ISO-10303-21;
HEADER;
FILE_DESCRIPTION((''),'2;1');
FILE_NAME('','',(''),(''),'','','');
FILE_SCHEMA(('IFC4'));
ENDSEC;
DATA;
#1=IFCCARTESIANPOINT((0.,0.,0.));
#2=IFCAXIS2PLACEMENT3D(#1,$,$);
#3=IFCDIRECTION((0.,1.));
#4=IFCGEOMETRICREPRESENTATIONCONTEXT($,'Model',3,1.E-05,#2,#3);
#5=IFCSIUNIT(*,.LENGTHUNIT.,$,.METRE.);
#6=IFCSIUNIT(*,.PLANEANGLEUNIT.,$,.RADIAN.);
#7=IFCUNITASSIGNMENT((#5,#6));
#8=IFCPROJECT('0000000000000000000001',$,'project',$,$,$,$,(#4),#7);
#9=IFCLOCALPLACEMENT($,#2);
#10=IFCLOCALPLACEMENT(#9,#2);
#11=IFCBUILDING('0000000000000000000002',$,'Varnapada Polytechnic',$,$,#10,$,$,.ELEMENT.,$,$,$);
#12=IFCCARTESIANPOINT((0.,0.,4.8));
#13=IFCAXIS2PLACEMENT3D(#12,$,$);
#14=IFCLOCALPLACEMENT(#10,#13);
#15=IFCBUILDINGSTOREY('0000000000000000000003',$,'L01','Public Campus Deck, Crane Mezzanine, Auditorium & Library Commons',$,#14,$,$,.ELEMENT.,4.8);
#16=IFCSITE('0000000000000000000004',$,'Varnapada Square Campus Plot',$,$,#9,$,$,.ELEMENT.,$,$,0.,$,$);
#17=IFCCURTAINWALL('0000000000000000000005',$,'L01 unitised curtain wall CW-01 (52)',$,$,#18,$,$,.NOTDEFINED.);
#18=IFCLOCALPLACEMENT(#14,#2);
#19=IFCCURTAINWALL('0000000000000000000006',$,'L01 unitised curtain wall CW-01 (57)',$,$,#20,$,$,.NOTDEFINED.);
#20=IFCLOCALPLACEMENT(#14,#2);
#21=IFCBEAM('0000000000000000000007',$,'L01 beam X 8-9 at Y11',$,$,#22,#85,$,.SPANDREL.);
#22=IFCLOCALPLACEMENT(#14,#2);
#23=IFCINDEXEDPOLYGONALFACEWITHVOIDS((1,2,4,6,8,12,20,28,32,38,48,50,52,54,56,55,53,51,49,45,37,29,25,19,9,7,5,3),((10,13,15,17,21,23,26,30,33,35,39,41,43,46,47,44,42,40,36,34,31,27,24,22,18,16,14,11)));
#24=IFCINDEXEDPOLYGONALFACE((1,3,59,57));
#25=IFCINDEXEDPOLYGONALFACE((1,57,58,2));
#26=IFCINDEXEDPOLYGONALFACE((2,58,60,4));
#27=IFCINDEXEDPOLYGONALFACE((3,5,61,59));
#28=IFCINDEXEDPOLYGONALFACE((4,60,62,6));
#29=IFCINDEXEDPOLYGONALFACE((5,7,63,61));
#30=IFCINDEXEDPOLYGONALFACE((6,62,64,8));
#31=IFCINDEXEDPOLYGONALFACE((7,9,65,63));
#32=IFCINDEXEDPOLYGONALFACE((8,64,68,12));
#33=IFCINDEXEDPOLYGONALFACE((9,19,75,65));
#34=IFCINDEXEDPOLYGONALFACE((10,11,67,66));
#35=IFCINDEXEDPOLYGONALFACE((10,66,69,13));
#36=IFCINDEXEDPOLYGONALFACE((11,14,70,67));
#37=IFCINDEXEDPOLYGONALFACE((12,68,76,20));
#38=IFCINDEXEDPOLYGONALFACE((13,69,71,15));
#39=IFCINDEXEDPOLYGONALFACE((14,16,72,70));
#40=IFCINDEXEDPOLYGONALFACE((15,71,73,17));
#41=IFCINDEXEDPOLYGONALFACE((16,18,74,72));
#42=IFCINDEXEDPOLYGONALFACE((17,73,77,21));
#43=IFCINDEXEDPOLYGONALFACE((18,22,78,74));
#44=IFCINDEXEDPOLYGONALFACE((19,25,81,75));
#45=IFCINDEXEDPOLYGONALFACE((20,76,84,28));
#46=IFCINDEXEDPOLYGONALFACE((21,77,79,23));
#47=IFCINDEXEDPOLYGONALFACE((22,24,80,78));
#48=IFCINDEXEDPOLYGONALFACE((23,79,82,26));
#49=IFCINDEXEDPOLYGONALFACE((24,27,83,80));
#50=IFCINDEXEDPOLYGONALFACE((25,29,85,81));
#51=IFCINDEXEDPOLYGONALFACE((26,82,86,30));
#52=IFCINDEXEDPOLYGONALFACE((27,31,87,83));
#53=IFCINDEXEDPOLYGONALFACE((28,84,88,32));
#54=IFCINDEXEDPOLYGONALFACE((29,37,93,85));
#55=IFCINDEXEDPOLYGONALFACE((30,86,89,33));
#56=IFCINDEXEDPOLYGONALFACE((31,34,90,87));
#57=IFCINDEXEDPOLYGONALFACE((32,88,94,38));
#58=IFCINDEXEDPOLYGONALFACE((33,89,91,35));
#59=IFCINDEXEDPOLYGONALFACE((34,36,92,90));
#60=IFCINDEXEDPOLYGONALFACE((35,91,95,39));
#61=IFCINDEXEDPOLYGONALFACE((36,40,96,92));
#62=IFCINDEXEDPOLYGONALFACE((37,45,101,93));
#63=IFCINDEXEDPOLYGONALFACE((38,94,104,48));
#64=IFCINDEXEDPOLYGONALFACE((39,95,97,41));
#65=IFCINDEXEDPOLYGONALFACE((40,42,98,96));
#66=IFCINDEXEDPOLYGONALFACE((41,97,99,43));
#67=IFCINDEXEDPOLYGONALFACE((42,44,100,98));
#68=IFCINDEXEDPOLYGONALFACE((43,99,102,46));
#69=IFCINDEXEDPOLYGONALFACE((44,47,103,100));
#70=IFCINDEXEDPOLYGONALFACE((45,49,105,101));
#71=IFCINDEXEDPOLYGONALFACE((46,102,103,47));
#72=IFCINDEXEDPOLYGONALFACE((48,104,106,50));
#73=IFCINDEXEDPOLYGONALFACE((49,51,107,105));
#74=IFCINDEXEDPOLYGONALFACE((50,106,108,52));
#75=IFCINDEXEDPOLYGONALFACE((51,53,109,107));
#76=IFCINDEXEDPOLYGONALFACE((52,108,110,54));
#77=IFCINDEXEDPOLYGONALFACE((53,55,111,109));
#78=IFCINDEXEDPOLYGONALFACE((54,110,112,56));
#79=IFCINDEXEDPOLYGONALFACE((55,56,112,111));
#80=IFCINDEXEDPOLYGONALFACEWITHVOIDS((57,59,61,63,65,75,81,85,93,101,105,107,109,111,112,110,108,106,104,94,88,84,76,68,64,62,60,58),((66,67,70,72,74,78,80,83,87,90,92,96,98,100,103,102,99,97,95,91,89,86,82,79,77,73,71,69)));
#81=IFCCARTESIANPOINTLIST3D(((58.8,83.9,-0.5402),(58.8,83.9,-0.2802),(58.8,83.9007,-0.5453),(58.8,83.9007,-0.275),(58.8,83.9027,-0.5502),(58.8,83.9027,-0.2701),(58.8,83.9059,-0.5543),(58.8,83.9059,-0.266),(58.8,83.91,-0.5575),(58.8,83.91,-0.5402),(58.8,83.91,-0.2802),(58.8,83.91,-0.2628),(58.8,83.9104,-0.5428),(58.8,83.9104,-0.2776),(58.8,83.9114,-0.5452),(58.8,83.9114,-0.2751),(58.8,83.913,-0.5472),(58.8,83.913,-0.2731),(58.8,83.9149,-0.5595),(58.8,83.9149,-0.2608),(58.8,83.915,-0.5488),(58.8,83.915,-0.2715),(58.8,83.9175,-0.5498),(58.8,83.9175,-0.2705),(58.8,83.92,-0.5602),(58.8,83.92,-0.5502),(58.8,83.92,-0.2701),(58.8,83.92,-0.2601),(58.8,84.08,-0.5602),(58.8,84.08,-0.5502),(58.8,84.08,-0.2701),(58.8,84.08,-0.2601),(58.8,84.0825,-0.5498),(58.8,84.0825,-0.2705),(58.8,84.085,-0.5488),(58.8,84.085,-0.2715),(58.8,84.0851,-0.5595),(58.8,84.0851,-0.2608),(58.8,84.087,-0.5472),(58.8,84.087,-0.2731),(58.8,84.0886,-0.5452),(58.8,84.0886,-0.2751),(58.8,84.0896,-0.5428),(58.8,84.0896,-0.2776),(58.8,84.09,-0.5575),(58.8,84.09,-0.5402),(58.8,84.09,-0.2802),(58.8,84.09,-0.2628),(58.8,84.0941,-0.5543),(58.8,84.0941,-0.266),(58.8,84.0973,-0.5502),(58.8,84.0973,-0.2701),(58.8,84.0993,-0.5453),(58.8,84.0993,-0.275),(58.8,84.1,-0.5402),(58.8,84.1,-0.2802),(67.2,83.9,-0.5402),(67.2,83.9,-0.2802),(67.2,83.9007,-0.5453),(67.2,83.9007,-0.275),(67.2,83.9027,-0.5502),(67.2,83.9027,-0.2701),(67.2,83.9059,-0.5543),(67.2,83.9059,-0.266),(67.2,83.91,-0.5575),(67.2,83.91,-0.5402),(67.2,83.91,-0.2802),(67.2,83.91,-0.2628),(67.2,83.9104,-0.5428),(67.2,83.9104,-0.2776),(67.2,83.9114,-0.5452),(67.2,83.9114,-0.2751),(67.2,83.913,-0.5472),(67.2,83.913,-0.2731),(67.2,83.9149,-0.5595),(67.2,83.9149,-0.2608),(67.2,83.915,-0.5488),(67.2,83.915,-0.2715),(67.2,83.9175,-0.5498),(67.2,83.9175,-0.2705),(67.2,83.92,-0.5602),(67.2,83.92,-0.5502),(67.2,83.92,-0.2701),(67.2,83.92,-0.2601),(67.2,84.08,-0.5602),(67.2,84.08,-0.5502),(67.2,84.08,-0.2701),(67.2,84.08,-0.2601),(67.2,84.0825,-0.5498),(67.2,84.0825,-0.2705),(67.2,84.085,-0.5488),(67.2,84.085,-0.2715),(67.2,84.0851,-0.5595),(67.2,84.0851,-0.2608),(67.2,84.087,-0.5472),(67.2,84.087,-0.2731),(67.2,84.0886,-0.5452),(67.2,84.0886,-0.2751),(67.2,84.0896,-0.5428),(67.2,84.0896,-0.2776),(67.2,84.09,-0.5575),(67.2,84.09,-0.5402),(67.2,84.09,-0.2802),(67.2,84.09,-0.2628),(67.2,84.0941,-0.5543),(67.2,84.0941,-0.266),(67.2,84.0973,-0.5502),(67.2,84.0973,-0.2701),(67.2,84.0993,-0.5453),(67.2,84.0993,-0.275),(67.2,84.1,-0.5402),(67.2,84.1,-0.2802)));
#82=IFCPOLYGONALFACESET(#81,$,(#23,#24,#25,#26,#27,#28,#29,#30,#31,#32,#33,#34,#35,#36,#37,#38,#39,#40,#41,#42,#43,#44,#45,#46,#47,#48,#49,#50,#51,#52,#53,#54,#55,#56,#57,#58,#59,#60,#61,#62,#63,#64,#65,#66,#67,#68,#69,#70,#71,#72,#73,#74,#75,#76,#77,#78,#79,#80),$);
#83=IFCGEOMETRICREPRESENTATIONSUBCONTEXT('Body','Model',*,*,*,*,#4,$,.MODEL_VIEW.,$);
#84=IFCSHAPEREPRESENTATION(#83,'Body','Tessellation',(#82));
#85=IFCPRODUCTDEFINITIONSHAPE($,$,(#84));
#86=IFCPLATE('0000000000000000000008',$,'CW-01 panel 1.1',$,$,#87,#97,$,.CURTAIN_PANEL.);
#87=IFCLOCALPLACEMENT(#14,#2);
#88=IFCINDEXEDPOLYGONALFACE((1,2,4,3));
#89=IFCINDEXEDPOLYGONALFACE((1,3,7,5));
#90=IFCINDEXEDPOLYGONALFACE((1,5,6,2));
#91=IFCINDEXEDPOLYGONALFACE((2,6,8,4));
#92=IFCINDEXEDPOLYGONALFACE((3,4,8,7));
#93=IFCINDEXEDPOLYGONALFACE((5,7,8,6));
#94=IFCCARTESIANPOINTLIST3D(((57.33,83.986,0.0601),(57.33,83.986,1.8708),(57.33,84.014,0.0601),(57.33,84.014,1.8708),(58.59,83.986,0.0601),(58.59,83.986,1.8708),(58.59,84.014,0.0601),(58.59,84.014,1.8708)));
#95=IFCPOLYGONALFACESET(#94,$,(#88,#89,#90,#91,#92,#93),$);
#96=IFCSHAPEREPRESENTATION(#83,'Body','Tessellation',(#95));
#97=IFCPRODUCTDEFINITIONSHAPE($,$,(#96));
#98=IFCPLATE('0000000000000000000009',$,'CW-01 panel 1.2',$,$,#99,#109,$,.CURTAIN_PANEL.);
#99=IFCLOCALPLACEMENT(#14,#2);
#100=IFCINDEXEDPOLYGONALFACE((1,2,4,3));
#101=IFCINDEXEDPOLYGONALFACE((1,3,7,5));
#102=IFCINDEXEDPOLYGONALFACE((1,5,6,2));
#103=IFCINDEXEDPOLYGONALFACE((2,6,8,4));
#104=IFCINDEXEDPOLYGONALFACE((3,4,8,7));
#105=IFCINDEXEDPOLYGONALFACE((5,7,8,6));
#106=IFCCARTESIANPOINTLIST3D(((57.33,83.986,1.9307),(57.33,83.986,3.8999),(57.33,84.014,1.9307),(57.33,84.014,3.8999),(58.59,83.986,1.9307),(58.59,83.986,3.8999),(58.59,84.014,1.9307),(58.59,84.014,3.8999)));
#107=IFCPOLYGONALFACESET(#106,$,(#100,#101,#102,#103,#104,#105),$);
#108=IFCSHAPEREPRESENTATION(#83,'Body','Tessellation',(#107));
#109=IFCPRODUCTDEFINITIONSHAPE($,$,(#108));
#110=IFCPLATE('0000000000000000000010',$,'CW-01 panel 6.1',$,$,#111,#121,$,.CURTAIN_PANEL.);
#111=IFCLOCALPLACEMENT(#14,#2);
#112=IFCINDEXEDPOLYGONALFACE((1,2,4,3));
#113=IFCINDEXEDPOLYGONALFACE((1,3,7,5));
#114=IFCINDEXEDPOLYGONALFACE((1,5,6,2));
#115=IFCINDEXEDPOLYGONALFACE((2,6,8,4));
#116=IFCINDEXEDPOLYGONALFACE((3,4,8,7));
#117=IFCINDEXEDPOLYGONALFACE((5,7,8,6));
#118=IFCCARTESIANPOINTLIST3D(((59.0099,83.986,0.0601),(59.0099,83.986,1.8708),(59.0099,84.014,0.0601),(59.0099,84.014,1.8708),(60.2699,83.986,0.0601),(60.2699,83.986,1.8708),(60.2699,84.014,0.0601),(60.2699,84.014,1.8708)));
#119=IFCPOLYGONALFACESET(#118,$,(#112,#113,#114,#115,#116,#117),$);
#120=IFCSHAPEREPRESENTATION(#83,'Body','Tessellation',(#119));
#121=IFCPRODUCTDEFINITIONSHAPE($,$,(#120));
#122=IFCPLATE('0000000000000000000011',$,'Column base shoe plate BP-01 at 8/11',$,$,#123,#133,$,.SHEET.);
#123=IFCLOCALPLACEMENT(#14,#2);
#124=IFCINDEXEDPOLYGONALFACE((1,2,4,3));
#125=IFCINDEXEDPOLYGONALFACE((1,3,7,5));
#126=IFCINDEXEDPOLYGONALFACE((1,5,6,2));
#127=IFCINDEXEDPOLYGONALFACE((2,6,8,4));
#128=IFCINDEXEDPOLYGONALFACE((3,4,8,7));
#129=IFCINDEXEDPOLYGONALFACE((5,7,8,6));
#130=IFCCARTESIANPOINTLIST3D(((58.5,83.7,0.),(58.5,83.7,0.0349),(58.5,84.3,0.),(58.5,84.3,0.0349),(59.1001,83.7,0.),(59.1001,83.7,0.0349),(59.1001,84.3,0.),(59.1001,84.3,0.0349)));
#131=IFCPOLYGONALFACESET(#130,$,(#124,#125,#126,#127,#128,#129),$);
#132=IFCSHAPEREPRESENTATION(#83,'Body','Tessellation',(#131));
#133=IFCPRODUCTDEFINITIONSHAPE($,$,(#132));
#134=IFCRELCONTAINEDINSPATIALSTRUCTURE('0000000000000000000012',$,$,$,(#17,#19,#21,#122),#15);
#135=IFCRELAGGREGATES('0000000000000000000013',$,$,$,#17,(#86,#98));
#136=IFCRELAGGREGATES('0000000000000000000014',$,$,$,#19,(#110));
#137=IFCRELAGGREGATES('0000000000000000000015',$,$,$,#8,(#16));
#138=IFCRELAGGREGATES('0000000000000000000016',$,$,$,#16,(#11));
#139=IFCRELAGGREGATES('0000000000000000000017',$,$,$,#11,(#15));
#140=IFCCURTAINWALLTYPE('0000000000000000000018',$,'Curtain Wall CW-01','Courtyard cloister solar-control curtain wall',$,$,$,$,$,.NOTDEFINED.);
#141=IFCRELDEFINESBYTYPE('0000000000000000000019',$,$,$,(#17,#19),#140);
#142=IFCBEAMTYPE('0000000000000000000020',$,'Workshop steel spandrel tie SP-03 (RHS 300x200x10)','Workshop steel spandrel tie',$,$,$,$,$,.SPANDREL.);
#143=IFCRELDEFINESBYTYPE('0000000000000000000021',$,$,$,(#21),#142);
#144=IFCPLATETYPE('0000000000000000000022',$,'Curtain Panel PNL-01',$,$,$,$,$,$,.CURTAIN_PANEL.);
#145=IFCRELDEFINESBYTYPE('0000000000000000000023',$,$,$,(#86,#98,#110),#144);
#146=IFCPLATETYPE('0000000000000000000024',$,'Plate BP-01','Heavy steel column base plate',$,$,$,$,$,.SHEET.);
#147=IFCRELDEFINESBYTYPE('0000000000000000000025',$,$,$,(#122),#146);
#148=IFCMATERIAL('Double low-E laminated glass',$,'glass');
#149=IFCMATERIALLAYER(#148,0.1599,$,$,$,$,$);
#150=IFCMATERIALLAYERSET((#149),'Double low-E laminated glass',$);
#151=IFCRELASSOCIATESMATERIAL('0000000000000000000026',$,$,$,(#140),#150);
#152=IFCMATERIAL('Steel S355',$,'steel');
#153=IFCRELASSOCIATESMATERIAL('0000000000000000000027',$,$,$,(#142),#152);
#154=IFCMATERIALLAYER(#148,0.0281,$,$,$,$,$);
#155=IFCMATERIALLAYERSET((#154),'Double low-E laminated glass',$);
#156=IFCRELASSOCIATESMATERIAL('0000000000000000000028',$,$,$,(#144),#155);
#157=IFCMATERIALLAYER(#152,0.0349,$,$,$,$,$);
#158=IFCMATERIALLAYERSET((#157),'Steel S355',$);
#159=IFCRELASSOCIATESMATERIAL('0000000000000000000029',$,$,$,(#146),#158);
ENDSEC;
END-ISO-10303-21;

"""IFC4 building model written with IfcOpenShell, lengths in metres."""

from ifc_helpers import new_model, si_unit, direction, frame, origin, origin_2d, place, context, subcontext, project, spatial, rectangle, hollow_rectangle, extrude, material, layer, layer_set, material_profile, profile_set, type_object, element, aggregate, save


model = new_model("IFC4")

# Units and contexts
model_context = context("Model", 3, precision=1e-05, world=origin(), true_north=direction((0.0, 1.0)))
body_context = subcontext(model_context, "Body", "Model", "MODEL_VIEW")
ifc_project = project(units=[si_unit("LENGTHUNIT", "METRE"), si_unit("PLANEANGLEUNIT", "RADIAN")], contexts=[model_context])

# Site, building, storey
site_placement = place(None, origin())
site = spatial("IfcSite", under=ifc_project, at=site_placement, Name="Varnapada Square Campus Plot", CompositionType="ELEMENT", RefElevation=0.0)
building_placement = place(site_placement, origin())
building = spatial("IfcBuilding", under=site, at=building_placement, Name="Varnapada Polytechnic", CompositionType="ELEMENT")
storey_placement = place(building_placement, frame((0.0, 0.0, 4.8)))
storey = spatial("IfcBuildingStorey", under=building, at=storey_placement, Name="L01", Description="Public Campus Deck, Crane Mezzanine, Auditorium & Library Commons", CompositionType="ELEMENT", Elevation=4.8)

# Shared definitions
ifc_material_1 = material(Name="Steel S355", Category="steel")

# Curtain walls
ifc_material_2 = material(Name="Double low-E laminated glass", Category="glass")
ifc_layer_1 = layer(ifc_material_2, 0.1599)
ifc_layer_set_1 = layer_set([ifc_layer_1], Name="Double low-E laminated glass")
curtain_wall_type = type_object("IfcCurtainWallType", Name="Curtain Wall CW-01", Description="Courtyard cloister solar-control curtain wall", PredefinedType="NOTDEFINED", material=ifc_layer_set_1)
curtain_wall_1_placement = place(storey_placement, origin())
curtain_wall_1 = element("IfcCurtainWall", 1, at=curtain_wall_1_placement, inside=storey, type_object=curtain_wall_type, Name="L01 unitised curtain wall CW-01 (52)", PredefinedType="NOTDEFINED")
curtain_wall_2_placement = place(storey_placement, origin())
curtain_wall_2 = element("IfcCurtainWall", 2, at=curtain_wall_2_placement, inside=storey, type_object=curtain_wall_type, Name="L01 unitised curtain wall CW-01 (57)", PredefinedType="NOTDEFINED")

# Beam
ifc_material_profile_1 = material_profile(ifc_material_1, hollow_rectangle(XDim=0.2, YDim=0.3, WallThickness=0.01, InnerFilletRadius=0.01, OuterFilletRadius=0.02, at=origin_2d()), Name="RHS 300x200x10")
ifc_profile_set_1 = profile_set([ifc_material_profile_1], Name="Steel S355")
beam_type_1 = type_object("IfcBeamType", Name="Workshop steel spandrel tie SP-03 (RHS 300x200x10)", Description="Workshop steel spandrel tie", PredefinedType="SPANDREL", material=ifc_profile_set_1)
beam_1_placement = place(storey_placement, frame((58.8, 84.0, -0.4102), z_axis=(1.0, 0.0, 0.0), x_axis=(0.0, 1.0, 0.0)))
element("IfcBeam", 3, at=beam_1_placement, inside=storey, type_object=beam_type_1, Name="L01 beam X 8-9 at Y11", PredefinedType="SPANDREL", context=body_context, shape_type="SweptSolid", body=[
    extrude(hollow_rectangle(XDim=0.2, YDim=0.3, WallThickness=0.01, InnerFilletRadius=0.01, OuterFilletRadius=0.02, at=origin_2d()), origin(), (0.0, 0.0, 1.0), 8.3999),
])

# Plates
ifc_layer_2 = layer(ifc_material_2, 0.0281)
ifc_layer_set_2 = layer_set([ifc_layer_2], Name="Double low-E laminated glass")
plate_type_1 = type_object("IfcPlateType", Name="Curtain Panel PNL-01", PredefinedType="CURTAIN_PANEL", material=ifc_layer_set_2)
plate_1_placement = place(storey_placement, frame((57.96, 84.0, 0.0601), z_axis=(0.0, 0.0, 1.0), x_axis=(-1.0, 0.0, 0.0)))
plate_1 = element("IfcPlate", 4, at=plate_1_placement, type_object=plate_type_1, Name="CW-01 panel 1.1", PredefinedType="CURTAIN_PANEL", context=body_context, shape_type="SweptSolid", body=[
    extrude(rectangle(XDim=1.26, YDim=0.0281, at=origin_2d()), origin(), (0.0, 0.0, 1.0), 1.8108),
])
plate_2_placement = place(storey_placement, frame((57.96, 84.0, 1.9307), z_axis=(0.0, 0.0, 1.0), x_axis=(-1.0, 0.0, 0.0)))
plate_2 = element("IfcPlate", 5, at=plate_2_placement, type_object=plate_type_1, Name="CW-01 panel 1.2", PredefinedType="CURTAIN_PANEL", context=body_context, shape_type="SweptSolid", body=[
    extrude(rectangle(XDim=1.26, YDim=0.0281, at=origin_2d()), origin(), (0.0, 0.0, 1.0), 1.9692),
])
aggregate(curtain_wall_1, [plate_1, plate_2])
plate_3_placement = place(storey_placement, frame((59.6399, 84.0, 0.0601), z_axis=(0.0, 0.0, 1.0), x_axis=(-1.0, 0.0, 0.0)))
plate_3 = element("IfcPlate", 6, at=plate_3_placement, type_object=plate_type_1, Name="CW-01 panel 6.1", PredefinedType="CURTAIN_PANEL", context=body_context, shape_type="SweptSolid", body=[
    extrude(rectangle(XDim=1.26, YDim=0.0281, at=origin_2d()), origin(), (0.0, 0.0, 1.0), 1.8108),
])
aggregate(curtain_wall_2, [plate_3])
ifc_layer_3 = layer(ifc_material_1, 0.0349)
ifc_layer_set_3 = layer_set([ifc_layer_3], Name="Steel S355")
plate_type_2 = type_object("IfcPlateType", Name="Plate BP-01", Description="Heavy steel column base plate", PredefinedType="SHEET", material=ifc_layer_set_3)
plate_4_placement = place(storey_placement, frame((58.8, 84.0, 0.0), z_axis=(0.0, 0.0, 1.0), x_axis=(1.0, 0.0, 0.0)))
element("IfcPlate", 7, at=plate_4_placement, inside=storey, type_object=plate_type_2, Name="Column base shoe plate BP-01 at 8/11", PredefinedType="SHEET", context=body_context, shape_type="SweptSolid", body=[
    extrude(rectangle(XDim=0.6001, YDim=0.6001, at=origin_2d()), origin(), (0.0, 0.0, 1.0), 0.0349),
])

save(model, "model.ifc")
